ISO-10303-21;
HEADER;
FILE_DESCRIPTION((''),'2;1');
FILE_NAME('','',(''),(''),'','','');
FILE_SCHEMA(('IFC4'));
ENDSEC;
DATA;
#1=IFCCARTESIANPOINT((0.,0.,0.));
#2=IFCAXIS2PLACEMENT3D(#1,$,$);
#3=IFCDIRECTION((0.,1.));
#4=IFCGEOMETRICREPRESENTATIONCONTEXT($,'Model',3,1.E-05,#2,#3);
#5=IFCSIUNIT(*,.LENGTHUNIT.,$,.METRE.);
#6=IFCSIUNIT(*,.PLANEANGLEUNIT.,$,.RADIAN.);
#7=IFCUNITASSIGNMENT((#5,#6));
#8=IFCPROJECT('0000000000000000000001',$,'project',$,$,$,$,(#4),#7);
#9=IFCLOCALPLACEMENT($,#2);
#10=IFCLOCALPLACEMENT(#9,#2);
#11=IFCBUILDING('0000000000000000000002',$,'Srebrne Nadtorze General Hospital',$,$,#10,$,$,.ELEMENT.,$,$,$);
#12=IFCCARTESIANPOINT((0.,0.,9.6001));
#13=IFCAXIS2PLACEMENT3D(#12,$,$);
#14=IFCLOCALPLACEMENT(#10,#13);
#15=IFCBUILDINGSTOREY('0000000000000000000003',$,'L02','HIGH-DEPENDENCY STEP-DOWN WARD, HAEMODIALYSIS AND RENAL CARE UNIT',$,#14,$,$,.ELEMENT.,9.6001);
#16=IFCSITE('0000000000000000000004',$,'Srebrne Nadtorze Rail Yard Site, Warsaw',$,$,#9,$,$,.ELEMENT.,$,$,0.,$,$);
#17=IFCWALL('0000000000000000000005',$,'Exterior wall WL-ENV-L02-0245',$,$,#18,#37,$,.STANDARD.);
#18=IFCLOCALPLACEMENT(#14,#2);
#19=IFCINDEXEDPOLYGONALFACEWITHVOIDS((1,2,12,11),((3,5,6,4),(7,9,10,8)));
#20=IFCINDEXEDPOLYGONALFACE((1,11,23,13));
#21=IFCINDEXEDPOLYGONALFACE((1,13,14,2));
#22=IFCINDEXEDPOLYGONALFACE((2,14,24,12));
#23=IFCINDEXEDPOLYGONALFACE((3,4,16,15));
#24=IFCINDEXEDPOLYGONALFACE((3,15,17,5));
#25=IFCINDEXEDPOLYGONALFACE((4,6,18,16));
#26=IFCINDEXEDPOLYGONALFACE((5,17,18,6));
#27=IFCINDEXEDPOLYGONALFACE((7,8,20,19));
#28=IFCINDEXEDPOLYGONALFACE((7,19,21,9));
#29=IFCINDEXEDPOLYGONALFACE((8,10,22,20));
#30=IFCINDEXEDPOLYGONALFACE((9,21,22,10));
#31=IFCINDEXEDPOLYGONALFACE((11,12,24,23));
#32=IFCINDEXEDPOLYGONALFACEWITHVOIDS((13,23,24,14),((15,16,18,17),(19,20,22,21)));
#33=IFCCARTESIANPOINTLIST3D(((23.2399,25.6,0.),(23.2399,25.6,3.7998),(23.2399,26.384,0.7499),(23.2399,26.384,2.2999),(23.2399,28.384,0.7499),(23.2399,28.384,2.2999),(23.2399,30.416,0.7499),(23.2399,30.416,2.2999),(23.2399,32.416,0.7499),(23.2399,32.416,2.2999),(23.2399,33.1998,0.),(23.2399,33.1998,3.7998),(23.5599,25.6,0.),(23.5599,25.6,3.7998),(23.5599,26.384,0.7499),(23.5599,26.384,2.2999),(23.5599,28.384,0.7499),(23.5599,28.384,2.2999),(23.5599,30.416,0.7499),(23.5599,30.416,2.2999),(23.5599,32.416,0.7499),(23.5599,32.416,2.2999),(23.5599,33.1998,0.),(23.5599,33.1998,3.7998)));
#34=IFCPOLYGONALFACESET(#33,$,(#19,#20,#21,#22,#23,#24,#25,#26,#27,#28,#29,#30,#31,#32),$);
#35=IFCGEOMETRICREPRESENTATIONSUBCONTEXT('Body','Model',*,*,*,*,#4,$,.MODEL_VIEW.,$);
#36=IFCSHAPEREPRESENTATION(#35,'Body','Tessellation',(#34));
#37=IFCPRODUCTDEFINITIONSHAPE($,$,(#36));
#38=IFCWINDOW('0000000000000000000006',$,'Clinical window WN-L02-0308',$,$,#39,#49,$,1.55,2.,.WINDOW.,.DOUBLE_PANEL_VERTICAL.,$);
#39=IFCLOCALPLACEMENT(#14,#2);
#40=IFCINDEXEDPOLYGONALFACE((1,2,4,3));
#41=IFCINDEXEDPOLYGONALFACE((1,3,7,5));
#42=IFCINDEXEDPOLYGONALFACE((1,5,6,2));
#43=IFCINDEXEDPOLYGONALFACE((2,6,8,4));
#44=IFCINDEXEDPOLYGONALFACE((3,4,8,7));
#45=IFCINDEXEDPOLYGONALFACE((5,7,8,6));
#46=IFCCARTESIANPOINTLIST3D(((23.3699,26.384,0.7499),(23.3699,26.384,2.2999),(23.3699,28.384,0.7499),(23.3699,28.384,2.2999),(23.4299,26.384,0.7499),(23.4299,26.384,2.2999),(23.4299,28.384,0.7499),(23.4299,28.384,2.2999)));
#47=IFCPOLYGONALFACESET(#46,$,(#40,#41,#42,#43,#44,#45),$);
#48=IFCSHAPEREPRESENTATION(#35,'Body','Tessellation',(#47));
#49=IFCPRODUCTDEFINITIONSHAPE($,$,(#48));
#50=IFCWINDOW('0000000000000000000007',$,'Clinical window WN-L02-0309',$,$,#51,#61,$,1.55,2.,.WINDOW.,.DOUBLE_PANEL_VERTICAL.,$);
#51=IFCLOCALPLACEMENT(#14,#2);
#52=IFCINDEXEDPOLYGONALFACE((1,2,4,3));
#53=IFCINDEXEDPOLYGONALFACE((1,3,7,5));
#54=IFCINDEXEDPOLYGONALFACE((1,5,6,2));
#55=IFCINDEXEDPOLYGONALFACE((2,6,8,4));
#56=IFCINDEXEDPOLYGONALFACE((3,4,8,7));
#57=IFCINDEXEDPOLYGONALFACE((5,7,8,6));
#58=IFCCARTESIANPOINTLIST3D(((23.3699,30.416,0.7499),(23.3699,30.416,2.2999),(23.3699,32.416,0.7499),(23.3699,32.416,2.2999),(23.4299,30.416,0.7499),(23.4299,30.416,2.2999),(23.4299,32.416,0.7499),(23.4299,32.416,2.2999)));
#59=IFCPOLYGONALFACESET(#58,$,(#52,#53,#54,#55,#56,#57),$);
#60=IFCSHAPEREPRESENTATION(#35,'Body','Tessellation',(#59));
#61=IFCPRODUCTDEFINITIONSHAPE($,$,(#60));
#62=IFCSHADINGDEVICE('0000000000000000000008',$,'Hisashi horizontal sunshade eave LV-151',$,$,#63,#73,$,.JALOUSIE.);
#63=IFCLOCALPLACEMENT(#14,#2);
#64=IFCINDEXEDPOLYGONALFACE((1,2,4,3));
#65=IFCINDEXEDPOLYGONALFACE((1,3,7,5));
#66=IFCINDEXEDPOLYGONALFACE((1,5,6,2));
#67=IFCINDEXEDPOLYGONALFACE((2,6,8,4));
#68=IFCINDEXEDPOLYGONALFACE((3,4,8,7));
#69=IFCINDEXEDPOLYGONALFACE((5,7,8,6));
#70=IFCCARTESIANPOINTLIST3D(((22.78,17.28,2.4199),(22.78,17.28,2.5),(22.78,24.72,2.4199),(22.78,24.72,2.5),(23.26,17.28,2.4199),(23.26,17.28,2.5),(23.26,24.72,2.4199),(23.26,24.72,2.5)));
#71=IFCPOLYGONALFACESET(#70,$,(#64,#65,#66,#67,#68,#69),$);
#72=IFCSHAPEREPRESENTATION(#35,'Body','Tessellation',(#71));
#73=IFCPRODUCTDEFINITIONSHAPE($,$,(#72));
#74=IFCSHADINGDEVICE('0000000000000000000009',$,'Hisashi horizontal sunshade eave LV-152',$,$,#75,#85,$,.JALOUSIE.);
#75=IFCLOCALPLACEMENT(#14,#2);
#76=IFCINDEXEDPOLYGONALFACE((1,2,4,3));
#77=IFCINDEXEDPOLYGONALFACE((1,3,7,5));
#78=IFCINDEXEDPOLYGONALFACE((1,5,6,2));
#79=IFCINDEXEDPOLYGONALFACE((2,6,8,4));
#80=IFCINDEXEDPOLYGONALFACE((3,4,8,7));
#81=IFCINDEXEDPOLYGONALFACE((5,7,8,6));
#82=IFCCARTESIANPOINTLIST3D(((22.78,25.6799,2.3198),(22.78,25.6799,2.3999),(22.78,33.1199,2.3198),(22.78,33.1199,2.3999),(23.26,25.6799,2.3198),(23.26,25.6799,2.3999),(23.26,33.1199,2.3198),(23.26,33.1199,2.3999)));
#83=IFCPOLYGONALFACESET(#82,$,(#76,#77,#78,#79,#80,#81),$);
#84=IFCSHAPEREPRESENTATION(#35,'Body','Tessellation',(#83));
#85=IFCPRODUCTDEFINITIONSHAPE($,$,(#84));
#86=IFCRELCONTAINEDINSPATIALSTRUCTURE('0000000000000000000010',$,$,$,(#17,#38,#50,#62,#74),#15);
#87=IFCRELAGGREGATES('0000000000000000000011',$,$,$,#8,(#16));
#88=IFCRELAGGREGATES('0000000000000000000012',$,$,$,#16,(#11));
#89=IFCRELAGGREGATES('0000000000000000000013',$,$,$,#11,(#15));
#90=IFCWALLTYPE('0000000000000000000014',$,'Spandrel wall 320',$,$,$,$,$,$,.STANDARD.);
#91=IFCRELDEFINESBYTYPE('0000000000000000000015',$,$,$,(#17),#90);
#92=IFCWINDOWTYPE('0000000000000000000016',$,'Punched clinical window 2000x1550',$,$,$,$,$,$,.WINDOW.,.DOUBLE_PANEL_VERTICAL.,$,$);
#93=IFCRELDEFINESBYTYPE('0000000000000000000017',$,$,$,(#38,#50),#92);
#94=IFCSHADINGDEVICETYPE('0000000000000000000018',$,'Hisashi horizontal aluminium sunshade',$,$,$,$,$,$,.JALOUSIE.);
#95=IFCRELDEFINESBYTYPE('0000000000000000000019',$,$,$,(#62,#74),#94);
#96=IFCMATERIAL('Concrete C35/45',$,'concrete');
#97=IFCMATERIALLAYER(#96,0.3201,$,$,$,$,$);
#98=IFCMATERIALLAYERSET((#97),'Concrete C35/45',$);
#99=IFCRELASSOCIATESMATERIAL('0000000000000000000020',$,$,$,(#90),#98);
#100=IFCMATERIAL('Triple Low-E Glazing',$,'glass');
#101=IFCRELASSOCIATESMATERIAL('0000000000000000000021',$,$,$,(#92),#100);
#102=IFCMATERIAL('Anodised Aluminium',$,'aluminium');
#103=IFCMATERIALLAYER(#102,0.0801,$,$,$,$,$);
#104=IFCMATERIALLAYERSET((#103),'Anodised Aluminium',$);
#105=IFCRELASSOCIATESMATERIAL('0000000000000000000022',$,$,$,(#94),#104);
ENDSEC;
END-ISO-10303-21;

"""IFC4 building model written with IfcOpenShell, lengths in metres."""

from ifc_helpers import new_model, si_unit, direction, frame, frame_2d, origin, origin_2d, place, context, subcontext, project, spatial, rectangle, extrude, material, layer, layer_set, type_object, element, fill, save


model = new_model("IFC4")

# Units and contexts
model_context = context("Model", 3, precision=1e-05, world=origin(), true_north=direction((0.0, 1.0)))
body_context = subcontext(model_context, "Body", "Model", "MODEL_VIEW")
ifc_project = project(units=[si_unit("LENGTHUNIT", "METRE"), si_unit("PLANEANGLEUNIT", "RADIAN")], contexts=[model_context])

# Site, building, storey
site_placement = place(None, origin())
site = spatial("IfcSite", under=ifc_project, at=site_placement, Name="Srebrne Nadtorze Rail Yard Site, Warsaw", CompositionType="ELEMENT", RefElevation=0.0)
building_placement = place(site_placement, origin())
building = spatial("IfcBuilding", under=site, at=building_placement, Name="Srebrne Nadtorze General Hospital", CompositionType="ELEMENT")
storey_placement = place(building_placement, frame((0.0, 0.0, 9.6001)))
storey = spatial("IfcBuildingStorey", under=building, at=storey_placement, Name="L02", Description="HIGH-DEPENDENCY STEP-DOWN WARD, HAEMODIALYSIS AND RENAL CARE UNIT", CompositionType="ELEMENT", Elevation=9.6001)

# Wall, openings, windows
ifc_material_1 = material(Name="Concrete C35/45", Category="concrete")
ifc_layer_1 = layer(ifc_material_1, 0.3201)
ifc_layer_set_1 = layer_set([ifc_layer_1], Name="Concrete C35/45")
wall_type_1 = type_object("IfcWallType", Name="Spandrel wall 320", PredefinedType="STANDARD", material=ifc_layer_set_1)
wall_1_placement = place(storey_placement, frame((23.3999, 25.6001, 0.0), z_axis=(0.0, 0.0, 1.0), x_axis=(0.0, 1.0, 0.0)))
wall_1 = element("IfcWall", 1, at=wall_1_placement, inside=storey, type_object=wall_type_1, Name="Exterior wall WL-ENV-L02-0245", PredefinedType="STANDARD", context=body_context, shape_type="SweptSolid", body=[
    extrude(rectangle(XDim=7.5999, YDim=0.3201, at=frame_2d((3.7998, 0.0))), origin(), (0.0, 0.0, 1.0), 3.7998),
])
opening_1_placement = place(wall_1_placement, frame((0.7839, 0.0, 0.75)))
opening_1 = element("IfcOpeningElement", 2, at=opening_1_placement, cuts=wall_1, PredefinedType="OPENING", context=body_context, shape_type="SweptSolid", body=[
    extrude(rectangle(XDim=2.0, YDim=1.55, at=frame_2d((1.0, 0.7749))), frame((0.0, 0.1719, 0.0), z_axis=(0.0, -1.0, 0.0), x_axis=(1.0, 0.0, 0.0)), (0.0, 0.0, 1.0), 0.344),
])
opening_2_placement = place(wall_1_placement, frame((4.8159, 0.0, 0.75)))
opening_2 = element("IfcOpeningElement", 3, at=opening_2_placement, cuts=wall_1, PredefinedType="OPENING", context=body_context, shape_type="SweptSolid", body=[
    extrude(rectangle(XDim=2.0, YDim=1.55, at=frame_2d((1.0, 0.7749))), frame((0.0, 0.1719, 0.0), z_axis=(0.0, -1.0, 0.0), x_axis=(1.0, 0.0, 0.0)), (0.0, 0.0, 1.0), 0.344),
])
ifc_material_2 = material(Name="Triple Low-E Glazing", Category="glass")
window_type_1 = type_object("IfcWindowType", Name="Punched clinical window 2000x1550", PartitioningType="DOUBLE_PANEL_VERTICAL", PredefinedType="WINDOW", material=ifc_material_2)
window_1_placement = place(opening_1_placement, origin())
window_1 = element("IfcWindow", 4, at=window_1_placement, inside=storey, type_object=window_type_1, Name="Clinical window WN-L02-0308", OverallHeight=1.55, OverallWidth=2.0, PartitioningType="DOUBLE_PANEL_VERTICAL", PredefinedType="WINDOW", context=body_context, shape_type="SweptSolid", body=[
    extrude(rectangle(XDim=2.0, YDim=1.55, at=frame_2d((1.0, 0.7749))), frame((0.0, 0.03, 0.0), z_axis=(0.0, -1.0, 0.0), x_axis=(1.0, 0.0, 0.0)), (0.0, 0.0, 1.0), 0.0601),
])
fill(opening_1, window_1)
window_2_placement = place(opening_2_placement, origin())
window_2 = element("IfcWindow", 5, at=window_2_placement, inside=storey, type_object=window_type_1, Name="Clinical window WN-L02-0309", OverallHeight=1.55, OverallWidth=2.0, PartitioningType="DOUBLE_PANEL_VERTICAL", PredefinedType="WINDOW", context=body_context, shape_type="SweptSolid", body=[
    extrude(rectangle(XDim=2.0, YDim=1.55, at=frame_2d((1.0, 0.7749))), frame((0.0, 0.03, 0.0), z_axis=(0.0, -1.0, 0.0), x_axis=(1.0, 0.0, 0.0)), (0.0, 0.0, 1.0), 0.0601),
])
fill(opening_2, window_2)

# Shading devices
ifc_material_3 = material(Name="Anodised Aluminium", Category="aluminium")
ifc_layer_2 = layer(ifc_material_3, 0.0801)
ifc_layer_set_2 = layer_set([ifc_layer_2], Name="Anodised Aluminium")
shading_device_type = type_object("IfcShadingDeviceType", Name="Hisashi horizontal aluminium sunshade", PredefinedType="JALOUSIE", material=ifc_layer_set_2)
for number, where, z_axis, x_axis, name in (
    (6, (23.02, 21.0, 2.4199), (0.0, 0.0, 1.0), (1.0, 0.0, 0.0), "Hisashi horizontal sunshade eave LV-151"),
    (7, (23.02, 29.3999, 2.3198), (0.0, 0.0, 1.0), (1.0, 0.0, 0.0), "Hisashi horizontal sunshade eave LV-152"),
):
    element("IfcShadingDevice", number, at=place(storey_placement, frame(where, z_axis=z_axis, x_axis=x_axis)), inside=storey, type_object=shading_device_type, Name=name, PredefinedType="JALOUSIE", context=body_context, shape_type="SweptSolid", body=[
        extrude(rectangle(XDim=0.48, YDim=7.4399, at=origin_2d()), origin(), (0.0, 0.0, 1.0), 0.0801),
    ])

save(model, "model.ifc")
